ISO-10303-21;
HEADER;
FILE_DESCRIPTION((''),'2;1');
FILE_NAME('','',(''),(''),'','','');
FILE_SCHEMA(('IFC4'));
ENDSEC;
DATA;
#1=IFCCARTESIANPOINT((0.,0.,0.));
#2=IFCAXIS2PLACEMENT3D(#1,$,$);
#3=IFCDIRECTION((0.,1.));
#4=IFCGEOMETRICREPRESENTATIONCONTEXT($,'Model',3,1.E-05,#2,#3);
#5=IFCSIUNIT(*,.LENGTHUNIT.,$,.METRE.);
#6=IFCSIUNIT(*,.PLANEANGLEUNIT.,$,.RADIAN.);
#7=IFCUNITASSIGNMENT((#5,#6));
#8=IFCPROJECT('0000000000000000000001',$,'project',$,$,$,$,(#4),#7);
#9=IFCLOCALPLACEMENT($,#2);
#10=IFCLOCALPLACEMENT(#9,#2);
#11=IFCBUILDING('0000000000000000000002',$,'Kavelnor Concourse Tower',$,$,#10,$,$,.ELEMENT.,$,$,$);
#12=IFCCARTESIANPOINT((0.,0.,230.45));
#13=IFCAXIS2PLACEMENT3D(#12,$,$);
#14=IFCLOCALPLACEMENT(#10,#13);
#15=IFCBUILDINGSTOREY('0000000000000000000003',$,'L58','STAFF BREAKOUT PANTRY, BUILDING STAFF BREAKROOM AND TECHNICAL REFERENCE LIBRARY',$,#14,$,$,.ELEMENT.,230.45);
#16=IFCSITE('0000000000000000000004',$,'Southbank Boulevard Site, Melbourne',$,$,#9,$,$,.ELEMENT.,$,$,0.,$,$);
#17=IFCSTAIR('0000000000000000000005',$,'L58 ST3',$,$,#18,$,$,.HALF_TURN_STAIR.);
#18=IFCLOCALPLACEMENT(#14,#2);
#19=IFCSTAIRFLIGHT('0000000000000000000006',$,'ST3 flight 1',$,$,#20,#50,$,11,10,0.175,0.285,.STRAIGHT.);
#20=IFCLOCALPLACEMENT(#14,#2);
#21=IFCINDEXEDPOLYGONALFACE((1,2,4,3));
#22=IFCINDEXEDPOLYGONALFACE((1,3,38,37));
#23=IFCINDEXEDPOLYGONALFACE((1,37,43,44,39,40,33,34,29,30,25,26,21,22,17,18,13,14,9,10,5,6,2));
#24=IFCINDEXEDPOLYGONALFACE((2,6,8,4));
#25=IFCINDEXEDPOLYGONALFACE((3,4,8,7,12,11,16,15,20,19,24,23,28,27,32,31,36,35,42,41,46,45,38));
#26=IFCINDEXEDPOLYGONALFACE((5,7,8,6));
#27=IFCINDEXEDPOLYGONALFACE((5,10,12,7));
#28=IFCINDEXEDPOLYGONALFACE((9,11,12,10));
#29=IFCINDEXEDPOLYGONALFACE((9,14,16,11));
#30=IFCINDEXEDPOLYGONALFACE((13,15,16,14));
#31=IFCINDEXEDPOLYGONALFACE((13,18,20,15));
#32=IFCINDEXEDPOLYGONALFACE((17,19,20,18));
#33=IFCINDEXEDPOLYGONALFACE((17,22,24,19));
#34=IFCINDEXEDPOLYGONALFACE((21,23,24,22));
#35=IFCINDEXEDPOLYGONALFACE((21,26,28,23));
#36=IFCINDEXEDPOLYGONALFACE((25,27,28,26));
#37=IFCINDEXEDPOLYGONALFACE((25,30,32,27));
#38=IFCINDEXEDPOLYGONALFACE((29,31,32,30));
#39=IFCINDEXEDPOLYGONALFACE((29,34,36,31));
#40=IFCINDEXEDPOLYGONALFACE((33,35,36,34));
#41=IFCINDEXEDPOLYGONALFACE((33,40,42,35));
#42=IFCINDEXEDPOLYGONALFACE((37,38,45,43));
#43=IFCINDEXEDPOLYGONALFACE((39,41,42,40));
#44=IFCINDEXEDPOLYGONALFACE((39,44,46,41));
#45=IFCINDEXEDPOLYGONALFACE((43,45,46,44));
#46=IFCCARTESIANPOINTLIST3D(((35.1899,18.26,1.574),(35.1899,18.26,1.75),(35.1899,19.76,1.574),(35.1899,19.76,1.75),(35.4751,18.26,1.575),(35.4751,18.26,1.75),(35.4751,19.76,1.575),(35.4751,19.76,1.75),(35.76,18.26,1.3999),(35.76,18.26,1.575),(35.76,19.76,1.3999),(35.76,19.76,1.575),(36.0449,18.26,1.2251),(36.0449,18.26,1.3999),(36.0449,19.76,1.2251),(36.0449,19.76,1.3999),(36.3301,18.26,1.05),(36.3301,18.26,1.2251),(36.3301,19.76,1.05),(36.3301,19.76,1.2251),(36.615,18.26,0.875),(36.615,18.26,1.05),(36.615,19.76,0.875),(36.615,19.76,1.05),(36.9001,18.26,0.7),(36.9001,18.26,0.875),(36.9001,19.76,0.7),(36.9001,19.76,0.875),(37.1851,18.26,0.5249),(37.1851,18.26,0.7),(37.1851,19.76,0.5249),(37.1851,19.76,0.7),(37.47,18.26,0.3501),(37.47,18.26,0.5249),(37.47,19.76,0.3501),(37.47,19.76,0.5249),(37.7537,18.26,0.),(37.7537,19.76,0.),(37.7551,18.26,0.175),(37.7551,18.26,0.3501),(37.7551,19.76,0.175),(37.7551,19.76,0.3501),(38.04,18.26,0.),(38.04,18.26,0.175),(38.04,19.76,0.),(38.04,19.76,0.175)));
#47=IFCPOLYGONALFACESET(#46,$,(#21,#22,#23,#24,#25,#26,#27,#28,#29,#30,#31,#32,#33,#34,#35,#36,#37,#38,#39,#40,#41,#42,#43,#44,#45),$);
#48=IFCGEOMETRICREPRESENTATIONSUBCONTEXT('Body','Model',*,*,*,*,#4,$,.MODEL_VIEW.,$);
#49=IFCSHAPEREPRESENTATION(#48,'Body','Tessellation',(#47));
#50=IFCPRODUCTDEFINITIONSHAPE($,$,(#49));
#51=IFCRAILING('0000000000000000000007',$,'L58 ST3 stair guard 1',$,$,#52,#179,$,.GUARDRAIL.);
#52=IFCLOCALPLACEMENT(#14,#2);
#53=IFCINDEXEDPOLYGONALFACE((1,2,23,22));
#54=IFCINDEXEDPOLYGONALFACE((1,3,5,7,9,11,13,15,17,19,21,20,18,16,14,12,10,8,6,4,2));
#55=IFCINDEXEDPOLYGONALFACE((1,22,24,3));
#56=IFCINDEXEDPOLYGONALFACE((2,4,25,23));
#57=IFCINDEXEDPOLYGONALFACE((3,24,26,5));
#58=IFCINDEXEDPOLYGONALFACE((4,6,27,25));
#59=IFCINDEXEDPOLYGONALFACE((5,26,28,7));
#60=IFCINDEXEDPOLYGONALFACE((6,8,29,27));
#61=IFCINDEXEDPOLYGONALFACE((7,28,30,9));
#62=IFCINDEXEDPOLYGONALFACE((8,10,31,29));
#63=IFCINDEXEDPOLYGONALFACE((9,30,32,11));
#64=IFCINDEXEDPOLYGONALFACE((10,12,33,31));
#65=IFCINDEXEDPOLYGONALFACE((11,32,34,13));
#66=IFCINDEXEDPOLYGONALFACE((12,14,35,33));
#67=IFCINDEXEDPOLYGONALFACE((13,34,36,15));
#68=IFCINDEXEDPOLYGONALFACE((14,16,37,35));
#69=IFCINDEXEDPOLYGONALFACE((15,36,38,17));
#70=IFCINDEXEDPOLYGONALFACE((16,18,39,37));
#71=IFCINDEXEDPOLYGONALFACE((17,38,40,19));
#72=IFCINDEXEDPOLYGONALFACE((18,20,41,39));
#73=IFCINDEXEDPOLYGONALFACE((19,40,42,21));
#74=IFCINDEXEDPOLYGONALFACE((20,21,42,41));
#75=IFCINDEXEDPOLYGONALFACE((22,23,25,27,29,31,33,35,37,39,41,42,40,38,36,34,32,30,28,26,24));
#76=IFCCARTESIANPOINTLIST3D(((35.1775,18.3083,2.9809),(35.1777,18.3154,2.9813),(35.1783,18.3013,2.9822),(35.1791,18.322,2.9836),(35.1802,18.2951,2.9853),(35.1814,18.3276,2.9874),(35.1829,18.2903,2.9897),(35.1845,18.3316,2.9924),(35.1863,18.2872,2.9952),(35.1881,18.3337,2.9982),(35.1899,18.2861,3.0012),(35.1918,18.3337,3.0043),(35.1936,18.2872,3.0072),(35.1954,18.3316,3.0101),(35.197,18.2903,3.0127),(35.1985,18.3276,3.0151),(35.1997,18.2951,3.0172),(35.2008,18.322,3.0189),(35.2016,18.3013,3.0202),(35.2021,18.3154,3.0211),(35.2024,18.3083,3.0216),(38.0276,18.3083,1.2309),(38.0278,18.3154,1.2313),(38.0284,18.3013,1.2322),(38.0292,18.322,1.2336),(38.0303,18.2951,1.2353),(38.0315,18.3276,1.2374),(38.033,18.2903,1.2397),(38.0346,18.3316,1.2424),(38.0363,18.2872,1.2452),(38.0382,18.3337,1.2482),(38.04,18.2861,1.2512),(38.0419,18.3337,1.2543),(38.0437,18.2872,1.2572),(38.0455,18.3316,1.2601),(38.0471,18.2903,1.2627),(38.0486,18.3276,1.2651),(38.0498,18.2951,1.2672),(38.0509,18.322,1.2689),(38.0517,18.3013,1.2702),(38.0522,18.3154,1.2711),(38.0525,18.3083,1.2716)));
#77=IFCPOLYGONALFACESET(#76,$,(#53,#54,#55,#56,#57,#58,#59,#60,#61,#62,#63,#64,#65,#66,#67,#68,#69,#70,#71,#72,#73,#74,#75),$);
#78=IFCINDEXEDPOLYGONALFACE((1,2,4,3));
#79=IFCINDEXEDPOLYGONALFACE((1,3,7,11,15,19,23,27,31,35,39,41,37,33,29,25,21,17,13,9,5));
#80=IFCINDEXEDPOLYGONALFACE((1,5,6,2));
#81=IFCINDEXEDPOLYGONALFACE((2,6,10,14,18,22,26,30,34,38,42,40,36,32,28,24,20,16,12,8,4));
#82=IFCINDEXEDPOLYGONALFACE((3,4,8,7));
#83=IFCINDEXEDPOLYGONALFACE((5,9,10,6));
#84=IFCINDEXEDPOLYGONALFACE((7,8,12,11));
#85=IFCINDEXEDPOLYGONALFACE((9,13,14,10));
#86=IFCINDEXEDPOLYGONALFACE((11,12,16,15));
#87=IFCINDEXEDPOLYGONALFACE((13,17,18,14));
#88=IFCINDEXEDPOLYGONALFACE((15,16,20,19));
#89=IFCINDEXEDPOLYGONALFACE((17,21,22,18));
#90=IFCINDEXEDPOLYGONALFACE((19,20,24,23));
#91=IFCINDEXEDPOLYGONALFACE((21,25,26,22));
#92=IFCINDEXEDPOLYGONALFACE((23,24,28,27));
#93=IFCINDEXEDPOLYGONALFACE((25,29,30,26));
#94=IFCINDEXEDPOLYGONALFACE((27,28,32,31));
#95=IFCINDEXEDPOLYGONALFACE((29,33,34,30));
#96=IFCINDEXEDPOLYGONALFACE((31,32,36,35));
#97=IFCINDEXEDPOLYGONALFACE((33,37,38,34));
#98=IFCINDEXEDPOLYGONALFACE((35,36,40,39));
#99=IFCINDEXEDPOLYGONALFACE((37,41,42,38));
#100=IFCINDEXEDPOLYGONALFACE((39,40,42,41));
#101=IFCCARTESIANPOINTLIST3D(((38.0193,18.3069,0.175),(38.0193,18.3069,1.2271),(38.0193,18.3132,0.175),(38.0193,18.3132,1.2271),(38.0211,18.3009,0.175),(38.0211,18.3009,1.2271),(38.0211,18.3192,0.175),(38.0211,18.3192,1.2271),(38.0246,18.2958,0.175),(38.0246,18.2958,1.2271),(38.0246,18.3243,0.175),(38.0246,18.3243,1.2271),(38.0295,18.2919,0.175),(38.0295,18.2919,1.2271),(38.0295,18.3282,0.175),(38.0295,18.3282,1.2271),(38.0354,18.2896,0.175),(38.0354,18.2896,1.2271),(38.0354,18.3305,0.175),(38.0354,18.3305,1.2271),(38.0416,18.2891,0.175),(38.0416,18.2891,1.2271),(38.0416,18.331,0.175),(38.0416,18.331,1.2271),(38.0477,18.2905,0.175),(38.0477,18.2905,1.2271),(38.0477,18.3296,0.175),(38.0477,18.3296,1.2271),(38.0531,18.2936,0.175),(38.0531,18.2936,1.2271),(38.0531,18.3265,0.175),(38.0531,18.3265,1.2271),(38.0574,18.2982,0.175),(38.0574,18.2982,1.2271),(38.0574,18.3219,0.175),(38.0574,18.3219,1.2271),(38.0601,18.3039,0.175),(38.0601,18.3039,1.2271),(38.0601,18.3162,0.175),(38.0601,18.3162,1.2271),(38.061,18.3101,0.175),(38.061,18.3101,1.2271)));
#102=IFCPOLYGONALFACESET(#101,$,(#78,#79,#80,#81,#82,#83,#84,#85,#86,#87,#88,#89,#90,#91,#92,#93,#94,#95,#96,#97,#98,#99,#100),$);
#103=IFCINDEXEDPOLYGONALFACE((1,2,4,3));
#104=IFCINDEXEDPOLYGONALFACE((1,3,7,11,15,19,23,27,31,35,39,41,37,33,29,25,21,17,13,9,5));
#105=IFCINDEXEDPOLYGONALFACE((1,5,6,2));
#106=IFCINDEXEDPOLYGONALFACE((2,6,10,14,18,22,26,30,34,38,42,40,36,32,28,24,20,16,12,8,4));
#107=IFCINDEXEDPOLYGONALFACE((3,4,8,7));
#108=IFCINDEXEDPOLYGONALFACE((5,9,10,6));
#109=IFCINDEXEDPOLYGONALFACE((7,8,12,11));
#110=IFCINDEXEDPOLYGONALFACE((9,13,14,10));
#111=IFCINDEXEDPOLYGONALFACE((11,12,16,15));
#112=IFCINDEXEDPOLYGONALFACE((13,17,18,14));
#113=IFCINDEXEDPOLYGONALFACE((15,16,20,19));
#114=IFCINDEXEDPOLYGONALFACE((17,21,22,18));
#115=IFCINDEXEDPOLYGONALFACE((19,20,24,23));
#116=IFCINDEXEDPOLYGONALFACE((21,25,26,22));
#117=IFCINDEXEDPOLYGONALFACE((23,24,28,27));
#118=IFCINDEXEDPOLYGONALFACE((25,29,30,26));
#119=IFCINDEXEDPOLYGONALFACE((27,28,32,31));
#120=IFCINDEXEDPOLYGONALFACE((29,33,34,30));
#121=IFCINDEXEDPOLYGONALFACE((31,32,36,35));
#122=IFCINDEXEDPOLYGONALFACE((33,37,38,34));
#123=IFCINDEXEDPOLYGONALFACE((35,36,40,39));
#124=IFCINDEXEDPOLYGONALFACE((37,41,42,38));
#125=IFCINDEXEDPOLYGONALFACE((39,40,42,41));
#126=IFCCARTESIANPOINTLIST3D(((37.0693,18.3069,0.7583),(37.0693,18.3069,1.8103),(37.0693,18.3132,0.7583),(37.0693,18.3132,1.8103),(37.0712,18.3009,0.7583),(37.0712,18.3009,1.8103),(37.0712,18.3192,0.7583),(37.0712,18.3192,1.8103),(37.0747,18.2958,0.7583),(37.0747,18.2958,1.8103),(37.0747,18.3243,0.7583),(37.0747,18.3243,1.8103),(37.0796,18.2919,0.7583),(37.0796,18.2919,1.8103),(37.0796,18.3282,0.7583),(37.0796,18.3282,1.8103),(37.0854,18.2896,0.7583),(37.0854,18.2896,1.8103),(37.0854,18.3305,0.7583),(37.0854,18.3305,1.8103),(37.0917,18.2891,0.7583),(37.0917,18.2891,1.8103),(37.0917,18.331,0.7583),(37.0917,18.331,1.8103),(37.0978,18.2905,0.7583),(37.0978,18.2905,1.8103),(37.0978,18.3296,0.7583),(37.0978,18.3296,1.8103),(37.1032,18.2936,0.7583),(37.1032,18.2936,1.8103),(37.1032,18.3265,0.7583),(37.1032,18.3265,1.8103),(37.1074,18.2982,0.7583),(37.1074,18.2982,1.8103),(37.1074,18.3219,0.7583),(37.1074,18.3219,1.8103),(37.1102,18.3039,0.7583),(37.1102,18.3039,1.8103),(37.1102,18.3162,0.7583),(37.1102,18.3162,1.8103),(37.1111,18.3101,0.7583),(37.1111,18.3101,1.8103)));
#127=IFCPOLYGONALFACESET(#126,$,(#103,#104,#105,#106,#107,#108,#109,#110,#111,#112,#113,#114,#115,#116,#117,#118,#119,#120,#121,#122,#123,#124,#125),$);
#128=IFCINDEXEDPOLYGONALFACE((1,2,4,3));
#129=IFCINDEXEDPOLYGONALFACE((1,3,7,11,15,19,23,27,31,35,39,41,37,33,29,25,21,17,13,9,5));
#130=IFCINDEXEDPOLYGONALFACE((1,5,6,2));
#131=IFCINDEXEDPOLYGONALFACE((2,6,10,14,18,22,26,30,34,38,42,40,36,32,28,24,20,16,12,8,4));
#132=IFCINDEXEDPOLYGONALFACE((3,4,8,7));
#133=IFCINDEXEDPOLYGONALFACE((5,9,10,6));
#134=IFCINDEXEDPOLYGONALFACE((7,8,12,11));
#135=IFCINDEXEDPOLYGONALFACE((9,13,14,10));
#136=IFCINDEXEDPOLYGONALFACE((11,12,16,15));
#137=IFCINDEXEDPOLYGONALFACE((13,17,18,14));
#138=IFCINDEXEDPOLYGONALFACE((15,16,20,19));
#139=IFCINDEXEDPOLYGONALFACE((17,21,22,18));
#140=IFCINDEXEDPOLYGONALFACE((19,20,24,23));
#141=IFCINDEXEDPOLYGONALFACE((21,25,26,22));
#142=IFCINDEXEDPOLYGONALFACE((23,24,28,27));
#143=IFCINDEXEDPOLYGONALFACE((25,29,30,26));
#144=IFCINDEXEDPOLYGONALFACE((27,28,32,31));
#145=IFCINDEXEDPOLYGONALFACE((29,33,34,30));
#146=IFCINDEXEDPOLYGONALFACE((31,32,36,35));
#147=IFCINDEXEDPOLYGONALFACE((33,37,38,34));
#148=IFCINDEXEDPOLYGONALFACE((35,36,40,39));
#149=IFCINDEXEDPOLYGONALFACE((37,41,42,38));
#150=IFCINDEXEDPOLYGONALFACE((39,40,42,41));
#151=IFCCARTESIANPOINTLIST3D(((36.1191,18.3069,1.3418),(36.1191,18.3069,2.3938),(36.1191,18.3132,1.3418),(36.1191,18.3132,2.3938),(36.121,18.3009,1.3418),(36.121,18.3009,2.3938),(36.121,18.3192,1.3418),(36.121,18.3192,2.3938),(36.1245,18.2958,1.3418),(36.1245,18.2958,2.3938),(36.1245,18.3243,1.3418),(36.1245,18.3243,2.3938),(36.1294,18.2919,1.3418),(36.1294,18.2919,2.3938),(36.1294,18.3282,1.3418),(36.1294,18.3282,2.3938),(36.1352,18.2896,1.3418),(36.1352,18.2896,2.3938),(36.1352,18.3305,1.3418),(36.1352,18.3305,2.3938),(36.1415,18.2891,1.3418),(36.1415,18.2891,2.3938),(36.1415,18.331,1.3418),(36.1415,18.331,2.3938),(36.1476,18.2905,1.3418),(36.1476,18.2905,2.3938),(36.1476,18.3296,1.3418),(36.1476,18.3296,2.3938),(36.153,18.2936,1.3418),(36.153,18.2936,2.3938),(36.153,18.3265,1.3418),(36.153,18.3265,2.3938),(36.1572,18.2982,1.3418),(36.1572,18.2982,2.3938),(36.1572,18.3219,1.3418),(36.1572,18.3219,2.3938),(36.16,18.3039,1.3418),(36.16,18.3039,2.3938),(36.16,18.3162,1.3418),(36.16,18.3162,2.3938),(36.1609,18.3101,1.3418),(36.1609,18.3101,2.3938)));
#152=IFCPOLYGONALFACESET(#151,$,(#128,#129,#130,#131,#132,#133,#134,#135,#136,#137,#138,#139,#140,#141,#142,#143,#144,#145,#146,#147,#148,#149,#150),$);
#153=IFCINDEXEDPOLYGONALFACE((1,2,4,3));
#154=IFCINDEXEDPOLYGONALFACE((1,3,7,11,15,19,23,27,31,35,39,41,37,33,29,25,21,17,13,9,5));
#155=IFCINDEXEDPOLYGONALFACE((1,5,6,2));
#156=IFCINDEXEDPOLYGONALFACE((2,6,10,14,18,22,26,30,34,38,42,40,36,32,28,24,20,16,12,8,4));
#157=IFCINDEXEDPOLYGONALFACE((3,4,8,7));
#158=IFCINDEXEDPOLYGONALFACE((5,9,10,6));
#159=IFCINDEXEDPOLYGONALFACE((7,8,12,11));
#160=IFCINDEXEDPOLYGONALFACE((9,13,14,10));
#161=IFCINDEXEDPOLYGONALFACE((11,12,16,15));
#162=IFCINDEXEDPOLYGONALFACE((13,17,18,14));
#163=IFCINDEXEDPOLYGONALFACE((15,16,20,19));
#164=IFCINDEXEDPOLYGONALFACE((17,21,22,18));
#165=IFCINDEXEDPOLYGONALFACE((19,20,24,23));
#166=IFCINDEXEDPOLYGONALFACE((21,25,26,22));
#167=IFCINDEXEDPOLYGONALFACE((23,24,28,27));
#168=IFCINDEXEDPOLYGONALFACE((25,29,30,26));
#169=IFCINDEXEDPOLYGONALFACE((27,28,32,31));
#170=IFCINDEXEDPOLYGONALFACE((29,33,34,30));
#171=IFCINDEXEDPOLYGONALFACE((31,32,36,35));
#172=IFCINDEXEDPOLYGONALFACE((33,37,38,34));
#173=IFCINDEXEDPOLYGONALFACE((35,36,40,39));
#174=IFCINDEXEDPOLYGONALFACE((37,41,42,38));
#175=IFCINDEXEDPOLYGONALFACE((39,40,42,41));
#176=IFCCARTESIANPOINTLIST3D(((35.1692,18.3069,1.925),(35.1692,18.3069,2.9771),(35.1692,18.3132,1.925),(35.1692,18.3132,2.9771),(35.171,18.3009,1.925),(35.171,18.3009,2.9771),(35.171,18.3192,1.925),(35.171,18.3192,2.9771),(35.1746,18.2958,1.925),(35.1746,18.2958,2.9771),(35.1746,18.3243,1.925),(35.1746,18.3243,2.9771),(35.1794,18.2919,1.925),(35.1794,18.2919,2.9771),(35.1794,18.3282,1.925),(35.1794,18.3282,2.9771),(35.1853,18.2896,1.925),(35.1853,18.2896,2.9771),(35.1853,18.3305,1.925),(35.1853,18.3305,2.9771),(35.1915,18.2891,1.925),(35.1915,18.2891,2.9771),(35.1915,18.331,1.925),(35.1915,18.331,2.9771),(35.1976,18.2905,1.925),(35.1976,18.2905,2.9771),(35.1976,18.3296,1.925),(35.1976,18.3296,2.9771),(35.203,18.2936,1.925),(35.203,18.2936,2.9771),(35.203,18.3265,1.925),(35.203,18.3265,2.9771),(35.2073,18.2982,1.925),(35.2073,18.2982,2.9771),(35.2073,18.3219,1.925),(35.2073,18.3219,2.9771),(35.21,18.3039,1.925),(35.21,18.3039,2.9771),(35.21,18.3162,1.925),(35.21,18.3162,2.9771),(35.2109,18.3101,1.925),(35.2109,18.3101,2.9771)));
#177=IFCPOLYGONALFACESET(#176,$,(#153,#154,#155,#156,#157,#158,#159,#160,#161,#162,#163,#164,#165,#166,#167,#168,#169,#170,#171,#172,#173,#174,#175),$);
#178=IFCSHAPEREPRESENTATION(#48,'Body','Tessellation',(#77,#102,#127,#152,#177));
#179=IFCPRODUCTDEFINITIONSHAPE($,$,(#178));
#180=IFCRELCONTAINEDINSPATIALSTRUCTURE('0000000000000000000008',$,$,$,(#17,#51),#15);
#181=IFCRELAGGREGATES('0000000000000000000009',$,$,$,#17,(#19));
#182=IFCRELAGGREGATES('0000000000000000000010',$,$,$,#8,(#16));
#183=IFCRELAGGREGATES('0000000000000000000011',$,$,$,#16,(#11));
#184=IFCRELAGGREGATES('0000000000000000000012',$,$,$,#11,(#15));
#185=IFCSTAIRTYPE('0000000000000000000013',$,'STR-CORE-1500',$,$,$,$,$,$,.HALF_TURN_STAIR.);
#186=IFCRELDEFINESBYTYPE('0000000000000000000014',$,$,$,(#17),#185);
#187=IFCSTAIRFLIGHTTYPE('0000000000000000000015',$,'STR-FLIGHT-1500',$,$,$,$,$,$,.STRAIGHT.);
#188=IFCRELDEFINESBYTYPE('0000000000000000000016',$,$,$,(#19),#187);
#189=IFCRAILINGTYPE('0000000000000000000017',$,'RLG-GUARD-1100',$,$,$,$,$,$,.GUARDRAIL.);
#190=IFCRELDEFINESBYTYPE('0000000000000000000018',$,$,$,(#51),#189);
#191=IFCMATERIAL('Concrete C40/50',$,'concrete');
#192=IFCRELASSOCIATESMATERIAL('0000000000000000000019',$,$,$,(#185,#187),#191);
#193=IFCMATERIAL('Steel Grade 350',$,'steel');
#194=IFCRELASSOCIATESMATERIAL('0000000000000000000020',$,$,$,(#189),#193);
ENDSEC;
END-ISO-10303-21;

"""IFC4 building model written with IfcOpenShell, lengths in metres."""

from ifc_helpers import new_model, si_unit, direction, frame, origin, origin_2d, place, context, subcontext, project, spatial, polyline, circle, outline, extrude, material, type_object, element, aggregate, save


model = new_model("IFC4")

# Units and contexts
model_context = context("Model", 3, precision=1e-05, world=origin(), true_north=direction((0.0, 1.0)))
body_context = subcontext(model_context, "Body", "Model", "MODEL_VIEW")
ifc_project = project(units=[si_unit("LENGTHUNIT", "METRE"), si_unit("PLANEANGLEUNIT", "RADIAN")], contexts=[model_context])

# Site, building, storey
site_placement = place(None, origin())
site = spatial("IfcSite", under=ifc_project, at=site_placement, Name="Southbank Boulevard Site, Melbourne", CompositionType="ELEMENT", RefElevation=0.0)
building_placement = place(site_placement, origin())
building = spatial("IfcBuilding", under=site, at=building_placement, Name="Kavelnor Concourse Tower", CompositionType="ELEMENT")
storey_placement = place(building_placement, frame((0.0, 0.0, 230.45)))
storey = spatial("IfcBuildingStorey", under=building, at=storey_placement, Name="L58", Description="STAFF BREAKOUT PANTRY, BUILDING STAFF BREAKROOM AND TECHNICAL REFERENCE LIBRARY", CompositionType="ELEMENT", Elevation=230.45)

# Shared definitions
ifc_material_1 = material(Name="Steel Grade 350", Category="steel")

# Stair, stair flight
ifc_material_2 = material(Name="Concrete C40/50", Category="concrete")
stair_type = type_object("IfcStairType", Name="STR-CORE-1500", PredefinedType="HALF_TURN_STAIR", material=ifc_material_2)
stair_placement = place(storey_placement, origin())
stair = element("IfcStair", 1, at=stair_placement, inside=storey, type_object=stair_type, Name="L58 ST3", PredefinedType="HALF_TURN_STAIR")
stair_flight_type = type_object("IfcStairFlightType", Name="STR-FLIGHT-1500", PredefinedType="STRAIGHT", material=ifc_material_2)
stair_flight_placement = place(storey_placement, frame((38.04, 19.01, 0.0), z_axis=(0.0, 0.0, 1.0), x_axis=(-1.0, 0.0, 0.0)))
stair_flight = element("IfcStairFlight", 2, at=stair_flight_placement, type_object=stair_flight_type, Name="ST3 flight 1", NumberOfRisers=11, NumberOfTreads=10, PredefinedType="STRAIGHT", RiserHeight=0.175, TreadLength=0.285, context=body_context, shape_type="SweptSolid", body=[
    extrude(outline(polyline([(0.0, 0.0), (0.0, 0.175), (0.2849, 0.175), (0.2849, 0.3501), (0.5701, 0.3501), (0.5701, 0.5249), (0.855, 0.5249), (0.855, 0.7), (1.1399, 0.7), (1.1399, 0.875), (1.425, 0.875), (1.425, 1.05), (1.71, 1.05), (1.71, 1.2251), (1.9951, 1.2251), (1.9951, 1.3999), (2.28, 1.3999), (2.28, 1.575), (2.5649, 1.575), (2.5649, 1.75), (2.8501, 1.75), (2.8501, 1.925), (2.8501, 1.574), (0.2864, 0.0), (0.0, 0.0)])), frame((0.0, 0.75, 0.0), z_axis=(0.0, -1.0, 0.0), x_axis=(1.0, 0.0, 0.0)), (0.0, 0.0, 1.0), 1.5),
])
aggregate(stair, [stair_flight])

# Railing
railing_type_1 = type_object("IfcRailingType", Name="RLG-GUARD-1100", PredefinedType="GUARDRAIL", material=ifc_material_1)
railing_1_placement = place(storey_placement, frame((38.04, 18.3101, 0.175)))
element("IfcRailing", 3, at=railing_1_placement, inside=storey, type_object=railing_type_1, Name="L58 ST3 stair guard 1", PredefinedType="GUARDRAIL", context=body_context, shape_type="SweptSolid", body=[
    extrude(circle(Radius=0.0239, at=origin_2d()), frame((0.0, 0.0, 1.0762), z_axis=(-0.852179, 0.0, 0.52325), x_axis=(0.0, -1.0, 0.0)), (0.0, 0.0, 1.0), 3.3445),
    extrude(circle(Radius=0.021, at=origin_2d()), origin(), (0.0, 0.0, 1.0), 1.052),
    extrude(circle(Radius=0.021, at=origin_2d()), frame((-0.95, 0.0, 0.5833)), (0.0, 0.0, 1.0), 1.052),
    extrude(circle(Radius=0.021, at=origin_2d()), frame((-1.9001, 0.0, 1.1667)), (0.0, 0.0, 1.0), 1.052),
    extrude(circle(Radius=0.021, at=origin_2d()), frame((-2.8501, 0.0, 1.75)), (0.0, 0.0, 1.0), 1.052),
])

save(model, "model.ifc")
